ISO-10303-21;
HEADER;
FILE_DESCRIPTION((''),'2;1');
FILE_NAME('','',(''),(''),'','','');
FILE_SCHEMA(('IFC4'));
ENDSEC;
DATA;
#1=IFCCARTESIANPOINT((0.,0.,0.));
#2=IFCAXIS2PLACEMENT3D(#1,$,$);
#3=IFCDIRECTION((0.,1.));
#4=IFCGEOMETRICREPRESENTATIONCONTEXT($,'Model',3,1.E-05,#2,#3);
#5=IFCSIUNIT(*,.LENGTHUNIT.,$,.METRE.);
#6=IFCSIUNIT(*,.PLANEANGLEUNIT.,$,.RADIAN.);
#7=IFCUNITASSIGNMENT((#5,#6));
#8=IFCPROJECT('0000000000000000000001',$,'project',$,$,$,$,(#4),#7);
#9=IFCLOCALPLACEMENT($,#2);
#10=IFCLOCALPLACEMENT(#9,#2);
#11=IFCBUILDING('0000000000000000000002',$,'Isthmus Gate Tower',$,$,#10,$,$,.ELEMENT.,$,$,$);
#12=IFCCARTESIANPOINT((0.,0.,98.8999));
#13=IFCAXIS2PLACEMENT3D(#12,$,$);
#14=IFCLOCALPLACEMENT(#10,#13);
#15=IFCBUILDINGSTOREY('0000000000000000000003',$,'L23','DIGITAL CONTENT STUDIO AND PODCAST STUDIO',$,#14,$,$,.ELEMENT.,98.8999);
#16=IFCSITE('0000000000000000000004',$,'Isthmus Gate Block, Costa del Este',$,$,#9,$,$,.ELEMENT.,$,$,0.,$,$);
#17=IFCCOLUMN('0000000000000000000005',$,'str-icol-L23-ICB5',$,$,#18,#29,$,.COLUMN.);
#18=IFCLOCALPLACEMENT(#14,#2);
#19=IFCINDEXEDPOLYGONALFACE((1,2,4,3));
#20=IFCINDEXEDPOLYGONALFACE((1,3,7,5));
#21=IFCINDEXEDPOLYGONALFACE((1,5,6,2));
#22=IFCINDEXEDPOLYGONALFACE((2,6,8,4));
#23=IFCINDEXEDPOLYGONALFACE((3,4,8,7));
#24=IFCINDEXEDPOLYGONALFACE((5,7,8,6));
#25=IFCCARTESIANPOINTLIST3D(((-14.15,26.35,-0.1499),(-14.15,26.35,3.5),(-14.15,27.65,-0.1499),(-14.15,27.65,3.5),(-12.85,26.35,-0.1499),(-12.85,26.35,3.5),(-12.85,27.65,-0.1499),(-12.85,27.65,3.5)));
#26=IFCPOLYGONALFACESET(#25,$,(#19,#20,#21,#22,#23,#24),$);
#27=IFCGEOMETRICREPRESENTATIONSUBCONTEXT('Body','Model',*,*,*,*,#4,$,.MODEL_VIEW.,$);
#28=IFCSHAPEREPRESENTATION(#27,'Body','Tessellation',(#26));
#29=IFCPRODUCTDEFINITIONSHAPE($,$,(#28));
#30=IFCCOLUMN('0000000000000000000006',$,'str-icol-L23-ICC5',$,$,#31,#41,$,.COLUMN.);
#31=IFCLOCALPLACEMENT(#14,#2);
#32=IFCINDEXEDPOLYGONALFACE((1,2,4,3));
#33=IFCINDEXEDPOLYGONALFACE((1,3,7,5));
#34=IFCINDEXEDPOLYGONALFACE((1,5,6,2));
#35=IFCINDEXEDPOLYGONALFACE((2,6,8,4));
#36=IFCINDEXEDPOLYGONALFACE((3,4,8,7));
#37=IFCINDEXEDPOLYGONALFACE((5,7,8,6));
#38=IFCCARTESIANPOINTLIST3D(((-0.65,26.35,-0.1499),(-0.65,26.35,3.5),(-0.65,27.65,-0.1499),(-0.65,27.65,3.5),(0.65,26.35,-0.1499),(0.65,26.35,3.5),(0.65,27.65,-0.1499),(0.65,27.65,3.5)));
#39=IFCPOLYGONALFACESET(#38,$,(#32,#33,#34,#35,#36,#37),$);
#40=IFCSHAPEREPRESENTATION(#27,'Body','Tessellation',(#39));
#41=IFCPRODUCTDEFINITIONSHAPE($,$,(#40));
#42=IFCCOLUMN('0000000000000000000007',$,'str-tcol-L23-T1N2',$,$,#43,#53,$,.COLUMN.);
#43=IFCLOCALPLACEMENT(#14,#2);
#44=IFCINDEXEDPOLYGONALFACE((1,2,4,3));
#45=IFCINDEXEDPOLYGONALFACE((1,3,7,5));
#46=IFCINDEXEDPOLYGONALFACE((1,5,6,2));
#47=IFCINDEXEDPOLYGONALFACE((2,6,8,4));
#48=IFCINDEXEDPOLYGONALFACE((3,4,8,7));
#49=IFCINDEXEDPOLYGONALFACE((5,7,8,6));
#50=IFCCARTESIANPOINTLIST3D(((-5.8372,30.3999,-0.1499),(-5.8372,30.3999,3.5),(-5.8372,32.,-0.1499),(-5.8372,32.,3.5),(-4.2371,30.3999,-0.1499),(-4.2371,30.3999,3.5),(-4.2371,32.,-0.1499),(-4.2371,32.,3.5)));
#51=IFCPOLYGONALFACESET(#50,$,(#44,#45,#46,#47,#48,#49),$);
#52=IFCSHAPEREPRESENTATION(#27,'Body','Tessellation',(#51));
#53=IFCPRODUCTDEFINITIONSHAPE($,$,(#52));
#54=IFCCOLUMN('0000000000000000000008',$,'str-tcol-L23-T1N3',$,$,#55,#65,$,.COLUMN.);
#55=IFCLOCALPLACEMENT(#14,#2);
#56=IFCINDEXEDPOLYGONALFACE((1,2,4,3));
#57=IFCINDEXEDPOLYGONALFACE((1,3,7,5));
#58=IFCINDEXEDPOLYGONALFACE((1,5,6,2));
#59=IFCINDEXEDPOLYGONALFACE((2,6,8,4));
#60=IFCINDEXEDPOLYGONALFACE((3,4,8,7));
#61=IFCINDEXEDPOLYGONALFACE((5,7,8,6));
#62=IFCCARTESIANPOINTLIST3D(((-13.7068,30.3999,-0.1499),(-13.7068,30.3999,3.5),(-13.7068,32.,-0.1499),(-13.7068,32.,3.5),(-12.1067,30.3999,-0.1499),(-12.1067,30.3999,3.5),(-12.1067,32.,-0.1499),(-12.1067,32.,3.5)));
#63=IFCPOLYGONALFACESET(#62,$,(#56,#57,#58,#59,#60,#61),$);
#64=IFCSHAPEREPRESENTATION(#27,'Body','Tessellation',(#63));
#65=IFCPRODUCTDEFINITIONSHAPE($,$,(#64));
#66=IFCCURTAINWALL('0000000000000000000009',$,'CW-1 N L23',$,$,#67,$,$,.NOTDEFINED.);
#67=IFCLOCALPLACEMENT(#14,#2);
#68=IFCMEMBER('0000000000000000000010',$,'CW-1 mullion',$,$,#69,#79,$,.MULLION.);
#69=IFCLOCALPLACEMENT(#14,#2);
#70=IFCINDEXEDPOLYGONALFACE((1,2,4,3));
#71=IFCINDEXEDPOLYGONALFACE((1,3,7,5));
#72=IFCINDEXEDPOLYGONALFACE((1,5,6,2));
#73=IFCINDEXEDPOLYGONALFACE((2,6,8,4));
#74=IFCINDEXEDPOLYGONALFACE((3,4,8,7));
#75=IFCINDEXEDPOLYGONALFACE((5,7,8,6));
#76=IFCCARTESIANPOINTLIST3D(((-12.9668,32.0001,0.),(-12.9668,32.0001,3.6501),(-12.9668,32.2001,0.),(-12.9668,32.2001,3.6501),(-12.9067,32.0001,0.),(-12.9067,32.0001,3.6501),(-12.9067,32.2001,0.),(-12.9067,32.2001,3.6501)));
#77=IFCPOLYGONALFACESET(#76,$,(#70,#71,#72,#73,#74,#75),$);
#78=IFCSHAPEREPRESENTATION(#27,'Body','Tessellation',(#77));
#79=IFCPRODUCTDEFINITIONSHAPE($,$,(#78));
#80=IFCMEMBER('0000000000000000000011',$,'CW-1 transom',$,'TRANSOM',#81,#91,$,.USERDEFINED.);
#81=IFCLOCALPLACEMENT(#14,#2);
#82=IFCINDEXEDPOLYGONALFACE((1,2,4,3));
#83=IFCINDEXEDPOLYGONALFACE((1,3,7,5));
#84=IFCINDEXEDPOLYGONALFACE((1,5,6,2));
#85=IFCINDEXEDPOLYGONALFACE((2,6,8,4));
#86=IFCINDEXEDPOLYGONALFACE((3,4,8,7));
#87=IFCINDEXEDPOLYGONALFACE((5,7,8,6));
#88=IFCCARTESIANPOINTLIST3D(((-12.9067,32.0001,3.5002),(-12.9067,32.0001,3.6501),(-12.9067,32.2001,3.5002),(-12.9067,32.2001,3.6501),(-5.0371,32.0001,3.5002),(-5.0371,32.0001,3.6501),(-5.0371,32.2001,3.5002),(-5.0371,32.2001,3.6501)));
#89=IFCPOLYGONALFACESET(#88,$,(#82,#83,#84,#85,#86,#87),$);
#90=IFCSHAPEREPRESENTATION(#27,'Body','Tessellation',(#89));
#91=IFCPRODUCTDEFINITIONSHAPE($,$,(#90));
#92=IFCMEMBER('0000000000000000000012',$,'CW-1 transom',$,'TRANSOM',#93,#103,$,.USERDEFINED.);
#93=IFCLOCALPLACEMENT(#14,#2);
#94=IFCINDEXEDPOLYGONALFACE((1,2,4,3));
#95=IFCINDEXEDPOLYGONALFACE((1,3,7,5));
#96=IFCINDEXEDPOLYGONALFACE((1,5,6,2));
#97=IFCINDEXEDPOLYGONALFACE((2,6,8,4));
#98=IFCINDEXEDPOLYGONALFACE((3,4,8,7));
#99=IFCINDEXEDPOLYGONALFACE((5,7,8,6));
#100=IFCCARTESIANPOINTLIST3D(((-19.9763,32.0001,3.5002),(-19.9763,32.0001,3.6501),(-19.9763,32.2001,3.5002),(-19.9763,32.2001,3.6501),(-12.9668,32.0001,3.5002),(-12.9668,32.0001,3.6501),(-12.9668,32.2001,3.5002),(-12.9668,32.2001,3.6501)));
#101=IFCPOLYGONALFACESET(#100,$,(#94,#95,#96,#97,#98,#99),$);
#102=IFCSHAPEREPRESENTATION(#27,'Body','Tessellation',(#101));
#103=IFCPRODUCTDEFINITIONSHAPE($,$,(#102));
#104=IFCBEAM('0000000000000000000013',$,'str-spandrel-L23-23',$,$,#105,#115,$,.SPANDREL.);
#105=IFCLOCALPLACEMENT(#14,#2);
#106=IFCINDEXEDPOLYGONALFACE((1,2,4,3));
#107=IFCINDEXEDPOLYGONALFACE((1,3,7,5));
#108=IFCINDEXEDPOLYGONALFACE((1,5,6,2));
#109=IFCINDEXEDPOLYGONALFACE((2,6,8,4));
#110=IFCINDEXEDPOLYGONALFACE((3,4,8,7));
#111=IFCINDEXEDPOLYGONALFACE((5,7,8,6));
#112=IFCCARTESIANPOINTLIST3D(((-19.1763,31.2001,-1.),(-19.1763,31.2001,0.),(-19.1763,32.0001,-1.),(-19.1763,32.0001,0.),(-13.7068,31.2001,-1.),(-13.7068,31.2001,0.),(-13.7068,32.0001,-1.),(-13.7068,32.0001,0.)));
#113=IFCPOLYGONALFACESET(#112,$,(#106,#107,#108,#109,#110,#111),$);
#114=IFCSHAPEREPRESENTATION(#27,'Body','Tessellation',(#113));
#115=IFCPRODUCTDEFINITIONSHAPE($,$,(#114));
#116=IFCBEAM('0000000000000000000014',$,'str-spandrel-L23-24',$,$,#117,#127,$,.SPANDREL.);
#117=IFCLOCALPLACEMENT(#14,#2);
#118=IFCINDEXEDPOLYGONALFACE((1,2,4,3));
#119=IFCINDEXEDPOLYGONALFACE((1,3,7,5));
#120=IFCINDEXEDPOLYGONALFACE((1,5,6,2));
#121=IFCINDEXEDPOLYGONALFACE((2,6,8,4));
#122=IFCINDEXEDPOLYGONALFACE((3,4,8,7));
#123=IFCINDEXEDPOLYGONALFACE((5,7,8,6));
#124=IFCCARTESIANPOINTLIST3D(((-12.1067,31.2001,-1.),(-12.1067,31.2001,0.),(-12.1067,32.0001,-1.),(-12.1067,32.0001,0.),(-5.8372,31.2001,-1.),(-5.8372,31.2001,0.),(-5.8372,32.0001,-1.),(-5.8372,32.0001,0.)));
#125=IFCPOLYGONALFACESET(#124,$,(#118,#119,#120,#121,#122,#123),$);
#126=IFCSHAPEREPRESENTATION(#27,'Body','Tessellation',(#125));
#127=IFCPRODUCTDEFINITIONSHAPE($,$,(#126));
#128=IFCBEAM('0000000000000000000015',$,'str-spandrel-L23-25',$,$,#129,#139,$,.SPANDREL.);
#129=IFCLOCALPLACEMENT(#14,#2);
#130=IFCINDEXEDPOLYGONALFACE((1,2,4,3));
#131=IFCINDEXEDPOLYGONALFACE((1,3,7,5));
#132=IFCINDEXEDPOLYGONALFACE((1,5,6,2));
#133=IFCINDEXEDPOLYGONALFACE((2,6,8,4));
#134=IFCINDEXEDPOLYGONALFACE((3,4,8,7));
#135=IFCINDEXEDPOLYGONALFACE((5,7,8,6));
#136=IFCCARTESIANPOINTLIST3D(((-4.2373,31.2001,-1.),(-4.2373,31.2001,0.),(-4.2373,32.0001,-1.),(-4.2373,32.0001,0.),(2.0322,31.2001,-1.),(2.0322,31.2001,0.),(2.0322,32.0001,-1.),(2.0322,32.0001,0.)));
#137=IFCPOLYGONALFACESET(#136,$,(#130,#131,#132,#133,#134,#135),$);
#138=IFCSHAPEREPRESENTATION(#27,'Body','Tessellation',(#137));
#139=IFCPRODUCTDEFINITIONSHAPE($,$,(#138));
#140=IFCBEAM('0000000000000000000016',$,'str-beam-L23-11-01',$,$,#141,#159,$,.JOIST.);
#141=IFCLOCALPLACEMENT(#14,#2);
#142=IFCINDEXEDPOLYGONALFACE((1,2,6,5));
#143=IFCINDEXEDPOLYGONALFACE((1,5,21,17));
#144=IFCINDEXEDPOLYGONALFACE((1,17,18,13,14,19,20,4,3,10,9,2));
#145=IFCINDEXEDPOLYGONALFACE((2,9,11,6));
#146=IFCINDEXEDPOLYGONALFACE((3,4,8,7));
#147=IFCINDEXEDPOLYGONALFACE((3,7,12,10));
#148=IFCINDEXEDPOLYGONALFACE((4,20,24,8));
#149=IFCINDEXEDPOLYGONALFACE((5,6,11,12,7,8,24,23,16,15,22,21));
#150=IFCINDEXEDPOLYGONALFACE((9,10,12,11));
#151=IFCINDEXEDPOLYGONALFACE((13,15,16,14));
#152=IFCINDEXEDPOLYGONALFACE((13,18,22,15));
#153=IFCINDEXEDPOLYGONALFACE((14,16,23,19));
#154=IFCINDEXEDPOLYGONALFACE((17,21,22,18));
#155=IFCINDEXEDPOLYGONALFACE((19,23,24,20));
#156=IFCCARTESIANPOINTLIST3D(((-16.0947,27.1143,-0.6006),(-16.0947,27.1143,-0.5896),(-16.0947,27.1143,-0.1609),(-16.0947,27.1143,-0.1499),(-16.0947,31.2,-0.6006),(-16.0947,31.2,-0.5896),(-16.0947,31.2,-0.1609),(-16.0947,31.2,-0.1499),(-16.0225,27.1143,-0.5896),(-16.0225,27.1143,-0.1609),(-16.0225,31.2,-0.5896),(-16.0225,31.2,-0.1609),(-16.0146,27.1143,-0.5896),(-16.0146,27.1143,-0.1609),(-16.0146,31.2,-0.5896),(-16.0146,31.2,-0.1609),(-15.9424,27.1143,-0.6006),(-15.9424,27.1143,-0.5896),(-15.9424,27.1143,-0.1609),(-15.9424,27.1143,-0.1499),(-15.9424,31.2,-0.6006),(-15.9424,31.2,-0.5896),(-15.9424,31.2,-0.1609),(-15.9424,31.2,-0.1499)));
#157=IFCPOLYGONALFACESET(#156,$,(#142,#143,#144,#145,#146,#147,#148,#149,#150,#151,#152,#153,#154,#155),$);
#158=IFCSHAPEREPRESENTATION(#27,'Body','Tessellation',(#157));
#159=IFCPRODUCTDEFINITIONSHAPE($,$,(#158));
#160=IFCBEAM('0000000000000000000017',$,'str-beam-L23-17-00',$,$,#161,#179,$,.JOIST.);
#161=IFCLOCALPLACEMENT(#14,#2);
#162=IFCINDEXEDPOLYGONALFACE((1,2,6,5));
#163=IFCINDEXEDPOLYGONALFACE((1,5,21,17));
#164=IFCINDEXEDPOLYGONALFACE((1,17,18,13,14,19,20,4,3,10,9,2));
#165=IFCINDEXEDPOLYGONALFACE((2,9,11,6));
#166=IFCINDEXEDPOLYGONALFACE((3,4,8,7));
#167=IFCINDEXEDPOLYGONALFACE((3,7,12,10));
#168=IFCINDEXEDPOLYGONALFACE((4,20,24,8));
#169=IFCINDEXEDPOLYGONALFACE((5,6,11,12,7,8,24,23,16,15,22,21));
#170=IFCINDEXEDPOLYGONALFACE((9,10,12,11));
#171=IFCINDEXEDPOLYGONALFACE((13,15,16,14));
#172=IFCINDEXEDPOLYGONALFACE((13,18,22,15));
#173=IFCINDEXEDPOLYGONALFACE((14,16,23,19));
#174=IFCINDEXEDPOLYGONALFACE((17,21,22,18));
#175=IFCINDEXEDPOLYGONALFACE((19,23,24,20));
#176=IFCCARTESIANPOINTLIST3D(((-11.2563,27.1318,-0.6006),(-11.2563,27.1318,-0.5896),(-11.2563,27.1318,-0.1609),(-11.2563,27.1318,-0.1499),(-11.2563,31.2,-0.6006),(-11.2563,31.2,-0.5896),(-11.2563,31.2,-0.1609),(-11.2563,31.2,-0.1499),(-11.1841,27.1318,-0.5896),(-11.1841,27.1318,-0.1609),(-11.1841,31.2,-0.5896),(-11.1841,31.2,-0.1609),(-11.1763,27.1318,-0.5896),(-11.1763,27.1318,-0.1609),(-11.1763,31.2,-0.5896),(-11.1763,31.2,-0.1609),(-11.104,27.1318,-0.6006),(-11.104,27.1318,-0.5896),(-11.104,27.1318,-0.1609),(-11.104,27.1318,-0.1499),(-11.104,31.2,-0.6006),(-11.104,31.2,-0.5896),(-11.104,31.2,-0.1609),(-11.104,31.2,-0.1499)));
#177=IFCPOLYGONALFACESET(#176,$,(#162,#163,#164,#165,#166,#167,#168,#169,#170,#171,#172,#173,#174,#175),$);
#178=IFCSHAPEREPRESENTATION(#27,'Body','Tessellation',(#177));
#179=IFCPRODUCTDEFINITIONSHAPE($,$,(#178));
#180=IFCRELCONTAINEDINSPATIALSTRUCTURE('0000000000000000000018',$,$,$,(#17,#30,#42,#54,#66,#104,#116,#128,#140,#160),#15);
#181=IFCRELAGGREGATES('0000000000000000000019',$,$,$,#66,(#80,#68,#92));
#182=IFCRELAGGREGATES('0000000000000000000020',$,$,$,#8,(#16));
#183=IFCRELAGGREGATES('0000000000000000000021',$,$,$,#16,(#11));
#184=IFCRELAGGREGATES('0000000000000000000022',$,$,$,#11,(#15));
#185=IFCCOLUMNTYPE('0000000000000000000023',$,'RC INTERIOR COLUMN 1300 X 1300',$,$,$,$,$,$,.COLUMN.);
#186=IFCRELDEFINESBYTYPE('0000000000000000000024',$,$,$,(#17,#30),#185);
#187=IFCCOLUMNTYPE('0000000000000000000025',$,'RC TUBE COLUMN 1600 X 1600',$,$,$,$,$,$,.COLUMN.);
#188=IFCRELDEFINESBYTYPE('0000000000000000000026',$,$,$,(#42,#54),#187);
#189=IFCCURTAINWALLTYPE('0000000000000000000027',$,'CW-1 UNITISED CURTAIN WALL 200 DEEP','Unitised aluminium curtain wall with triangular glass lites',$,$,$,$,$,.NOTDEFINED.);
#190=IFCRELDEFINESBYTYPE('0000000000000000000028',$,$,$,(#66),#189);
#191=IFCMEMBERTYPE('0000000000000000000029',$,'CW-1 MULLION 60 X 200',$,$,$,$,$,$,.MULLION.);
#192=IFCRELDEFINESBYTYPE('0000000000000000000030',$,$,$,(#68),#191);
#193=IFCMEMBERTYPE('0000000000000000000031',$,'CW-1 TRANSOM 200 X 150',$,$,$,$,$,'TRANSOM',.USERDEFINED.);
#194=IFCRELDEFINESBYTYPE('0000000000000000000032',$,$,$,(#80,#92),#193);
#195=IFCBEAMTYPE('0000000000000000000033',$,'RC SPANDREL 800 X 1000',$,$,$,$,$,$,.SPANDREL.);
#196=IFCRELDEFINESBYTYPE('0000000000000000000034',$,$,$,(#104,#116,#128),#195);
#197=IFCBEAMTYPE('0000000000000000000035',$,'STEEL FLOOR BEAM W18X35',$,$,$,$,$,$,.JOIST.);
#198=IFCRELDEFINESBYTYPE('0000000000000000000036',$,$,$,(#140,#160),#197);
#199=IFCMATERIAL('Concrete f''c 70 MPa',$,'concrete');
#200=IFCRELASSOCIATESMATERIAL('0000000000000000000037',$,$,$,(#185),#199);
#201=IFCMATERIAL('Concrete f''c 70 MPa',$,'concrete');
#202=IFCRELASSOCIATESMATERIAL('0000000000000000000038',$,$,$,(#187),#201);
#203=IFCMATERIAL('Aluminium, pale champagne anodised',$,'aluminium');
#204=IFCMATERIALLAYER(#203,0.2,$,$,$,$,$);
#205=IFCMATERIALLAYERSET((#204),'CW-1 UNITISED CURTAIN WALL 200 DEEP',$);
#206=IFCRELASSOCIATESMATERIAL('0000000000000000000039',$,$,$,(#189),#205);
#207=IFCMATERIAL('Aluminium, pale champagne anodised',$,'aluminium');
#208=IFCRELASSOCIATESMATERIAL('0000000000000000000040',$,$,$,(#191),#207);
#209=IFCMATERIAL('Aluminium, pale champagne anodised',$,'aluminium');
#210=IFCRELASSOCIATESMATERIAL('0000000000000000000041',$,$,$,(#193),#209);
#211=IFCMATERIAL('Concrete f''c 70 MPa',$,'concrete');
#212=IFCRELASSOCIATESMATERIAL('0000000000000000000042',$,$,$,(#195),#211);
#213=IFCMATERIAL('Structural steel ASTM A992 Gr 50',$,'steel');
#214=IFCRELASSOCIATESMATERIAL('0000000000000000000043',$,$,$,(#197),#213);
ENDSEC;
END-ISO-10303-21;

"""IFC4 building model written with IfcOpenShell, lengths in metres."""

from ifc_helpers import new_model, si_unit, direction, frame, origin, origin_2d, place, context, subcontext, project, spatial, rectangle, i_section, extrude, material, layer, layer_set, material_profile, profile_set, type_object, element, aggregate, save


model = new_model("IFC4")

# Units and contexts
model_context = context("Model", 3, precision=1e-05, world=origin(), true_north=direction((0.0, 1.0)))
body_context = subcontext(model_context, "Body", "Model", "MODEL_VIEW")
ifc_project = project(units=[si_unit("LENGTHUNIT", "METRE"), si_unit("PLANEANGLEUNIT", "RADIAN")], contexts=[model_context])

# Site, building, storey
site_placement = place(None, origin())
site = spatial("IfcSite", under=ifc_project, at=site_placement, Name="Isthmus Gate Block, Costa del Este", CompositionType="ELEMENT", RefElevation=0.0)
building_placement = place(site_placement, origin())
building = spatial("IfcBuilding", under=site, at=building_placement, Name="Isthmus Gate Tower", CompositionType="ELEMENT")
storey_placement = place(building_placement, frame((0.0, 0.0, 98.8999)))
storey = spatial("IfcBuildingStorey", under=building, at=storey_placement, Name="L23", Description="DIGITAL CONTENT STUDIO AND PODCAST STUDIO", CompositionType="ELEMENT", Elevation=98.8999)

# Columns
ifc_material_1 = material(Name="Concrete f'c 70 MPa", Category="concrete")
ifc_material_profile_1 = material_profile(ifc_material_1, rectangle(XDim=1.3, YDim=1.3, at=origin_2d()), Name="RC 1300X1300")
ifc_profile_set_1 = profile_set([ifc_material_profile_1], Name="Concrete f'c 70 MPa")
column_type_1 = type_object("IfcColumnType", Name="RC INTERIOR COLUMN 1300 X 1300", PredefinedType="COLUMN", material=ifc_profile_set_1)
for number, where, z_axis, x_axis, name in (
    (1, (-13.5, 27.0, -0.1499), (0.0, 0.0, 1.0), (1.0, 0.0, 0.0), "str-icol-L23-ICB5"),
    (2, (0.0, 27.0, -0.1499), (0.0, 0.0, 1.0), (1.0, 0.0, 0.0), "str-icol-L23-ICC5"),
):
    element("IfcColumn", number, at=place(storey_placement, frame(where, z_axis=z_axis, x_axis=x_axis)), inside=storey, type_object=column_type_1, Name=name, PredefinedType="COLUMN", context=body_context, shape_type="SweptSolid", body=[
        extrude(rectangle(XDim=1.3, YDim=1.3, at=origin_2d()), origin(), (0.0, 0.0, 1.0), 3.6499),
    ])
ifc_material_2 = material(Name="Concrete f'c 70 MPa", Category="concrete")
ifc_material_profile_2 = material_profile(ifc_material_2, rectangle(XDim=1.6001, YDim=1.6001, at=origin_2d()), Name="RC 1600X1600")
ifc_profile_set_2 = profile_set([ifc_material_profile_2], Name="Concrete f'c 70 MPa")
column_type_2 = type_object("IfcColumnType", Name="RC TUBE COLUMN 1600 X 1600", PredefinedType="COLUMN", material=ifc_profile_set_2)
for number, where, z_axis, x_axis, name in (
    (3, (-5.0371, 31.2, -0.1499), (0.0, 0.0, 1.0), (-1.0, 0.0, 0.0), "str-tcol-L23-T1N2"),
    (4, (-12.9067, 31.2, -0.1499), (0.0, 0.0, 1.0), (-1.0, 0.0, 0.0), "str-tcol-L23-T1N3"),
):
    element("IfcColumn", number, at=place(storey_placement, frame(where, z_axis=z_axis, x_axis=x_axis)), inside=storey, type_object=column_type_2, Name=name, PredefinedType="COLUMN", context=body_context, shape_type="SweptSolid", body=[
        extrude(rectangle(XDim=1.6001, YDim=1.6001, at=origin_2d()), origin(), (0.0, 0.0, 1.0), 3.6499),
    ])

# Curtain wall, members
ifc_material_3 = material(Name="Aluminium, pale champagne anodised", Category="aluminium")
ifc_layer_1 = layer(ifc_material_3, 0.2)
ifc_layer_set_1 = layer_set([ifc_layer_1], Name="CW-1 UNITISED CURTAIN WALL 200 DEEP")
curtain_wall_type = type_object("IfcCurtainWallType", Name="CW-1 UNITISED CURTAIN WALL 200 DEEP", Description="Unitised aluminium curtain wall with triangular glass lites", PredefinedType="NOTDEFINED", material=ifc_layer_set_1)
curtain_wall_placement = place(storey_placement, origin())
curtain_wall = element("IfcCurtainWall", 5, at=curtain_wall_placement, inside=storey, type_object=curtain_wall_type, Name="CW-1 N L23", PredefinedType="NOTDEFINED")
ifc_material_4 = material(Name="Aluminium, pale champagne anodised", Category="aluminium")
ifc_material_profile_3 = material_profile(ifc_material_4, rectangle(XDim=0.0601, YDim=0.2, at=origin_2d()), Name="60x200")
ifc_profile_set_3 = profile_set([ifc_material_profile_3], Name="Aluminium, pale champagne anodised")
member_type_1 = type_object("IfcMemberType", Name="CW-1 MULLION 60 X 200", PredefinedType="MULLION", material=ifc_profile_set_3)
member_1_placement = place(storey_placement, frame((-12.9368, 32.1001, 0.0), z_axis=(0.0, 0.0, 1.0), x_axis=(-1.0, 0.0, 0.0)))
member_1 = element("IfcMember", 6, at=member_1_placement, type_object=member_type_1, Name="CW-1 mullion", PredefinedType="MULLION", context=body_context, shape_type="SweptSolid", body=[
    extrude(rectangle(XDim=0.0601, YDim=0.2, at=origin_2d()), origin(), (0.0, 0.0, 1.0), 3.6501),
])
ifc_material_5 = material(Name="Aluminium, pale champagne anodised", Category="aluminium")
ifc_material_profile_4 = material_profile(ifc_material_5, rectangle(XDim=0.2, YDim=0.1499, at=origin_2d()), Name="200x150")
ifc_profile_set_4 = profile_set([ifc_material_profile_4], Name="Aluminium, pale champagne anodised")
member_type_2 = type_object("IfcMemberType", Name="CW-1 TRANSOM 200 X 150", ElementType="TRANSOM", PredefinedType="USERDEFINED", material=ifc_profile_set_4)
member_2_placement = place(storey_placement, frame((-5.0371, 32.1001, 3.5752), z_axis=(-1.0, 0.0, 0.0), x_axis=(0.0, -1.0, 0.0)))
member_2 = element("IfcMember", 7, at=member_2_placement, type_object=member_type_2, Name="CW-1 transom", ObjectType="TRANSOM", PredefinedType="USERDEFINED", context=body_context, shape_type="SweptSolid", body=[
    extrude(rectangle(XDim=0.2, YDim=0.1499, at=origin_2d()), origin(), (0.0, 0.0, 1.0), 7.8696),
])
member_3_placement = place(storey_placement, frame((-12.9668, 32.1001, 3.5752), z_axis=(-1.0, 0.0, 0.0), x_axis=(0.0, -1.0, 0.0)))
member_3 = element("IfcMember", 8, at=member_3_placement, type_object=member_type_2, Name="CW-1 transom", ObjectType="TRANSOM", PredefinedType="USERDEFINED", context=body_context, shape_type="SweptSolid", body=[
    extrude(rectangle(XDim=0.2, YDim=0.1499, at=origin_2d()), origin(), (0.0, 0.0, 1.0), 7.0095),
])

# Beams
ifc_material_6 = material(Name="Concrete f'c 70 MPa", Category="concrete")
ifc_material_profile_5 = material_profile(ifc_material_6, rectangle(XDim=0.8, YDim=1.0, at=origin_2d()), Name="RC 800X1000")
ifc_profile_set_5 = profile_set([ifc_material_profile_5], Name="Concrete f'c 70 MPa")
beam_type_1 = type_object("IfcBeamType", Name="RC SPANDREL 800 X 1000", PredefinedType="SPANDREL", material=ifc_profile_set_5)
beam_1_placement = place(storey_placement, frame((-19.1763, 31.6001, -0.5), z_axis=(1.0, 0.0, 0.0), x_axis=(0.0, 1.0, 0.0)))
element("IfcBeam", 9, at=beam_1_placement, inside=storey, type_object=beam_type_1, Name="str-spandrel-L23-23", PredefinedType="SPANDREL", context=body_context, shape_type="SweptSolid", body=[
    extrude(rectangle(XDim=0.8, YDim=1.0, at=origin_2d()), origin(), (0.0, 0.0, 1.0), 5.4695),
])
for number, where, z_axis, x_axis, name in (
    (10, (-12.1067, 31.6001, -0.5), (1.0, 0.0, 0.0), (0.0, 1.0, 0.0), "str-spandrel-L23-24"),
    (11, (-4.2373, 31.6001, -0.5), (1.0, 0.0, 0.0), (0.0, 1.0, 0.0), "str-spandrel-L23-25"),
):
    element("IfcBeam", number, at=place(storey_placement, frame(where, z_axis=z_axis, x_axis=x_axis)), inside=storey, type_object=beam_type_1, Name=name, PredefinedType="SPANDREL", context=body_context, shape_type="SweptSolid", body=[
        extrude(rectangle(XDim=0.8, YDim=1.0, at=origin_2d()), origin(), (0.0, 0.0, 1.0), 6.2695),
    ])
ifc_material_7 = material(Name="Structural steel ASTM A992 Gr 50", Category="steel")
ifc_material_profile_6 = material_profile(ifc_material_7, i_section(OverallWidth=0.1523, OverallDepth=0.4507, WebThickness=0.0078, FlangeThickness=0.011, at=origin_2d()), Name="W18X35")
ifc_profile_set_6 = profile_set([ifc_material_profile_6], Name="Structural steel ASTM A992 Gr 50")
beam_type_2 = type_object("IfcBeamType", Name="STEEL FLOOR BEAM W18X35", PredefinedType="JOIST", material=ifc_profile_set_6)
beam_2_placement = place(storey_placement, frame((-16.0186, 27.1143, -0.3752), z_axis=(0.0, 1.0, 0.0), x_axis=(-1.0, 0.0, 0.0)))
element("IfcBeam", 12, at=beam_2_placement, inside=storey, type_object=beam_type_2, Name="str-beam-L23-11-01", PredefinedType="JOIST", context=body_context, shape_type="SweptSolid", body=[
    extrude(i_section(OverallWidth=0.1523, OverallDepth=0.4507, WebThickness=0.0078, FlangeThickness=0.011, at=origin_2d()), origin(), (0.0, 0.0, 1.0), 4.0857),
])
for number, where, z_axis, x_axis, name in (
    (13, (-11.1802, 27.1318, -0.3752), (0.0, 1.0, 0.0), (-1.0, 0.0, 0.0), "str-beam-L23-17-00"),
):
    element("IfcBeam", number, at=place(storey_placement, frame(where, z_axis=z_axis, x_axis=x_axis)), inside=storey, type_object=beam_type_2, Name=name, PredefinedType="JOIST", context=body_context, shape_type="SweptSolid", body=[
        extrude(i_section(OverallWidth=0.1523, OverallDepth=0.4507, WebThickness=0.0078, FlangeThickness=0.011, at=origin_2d()), origin(), (0.0, 0.0, 1.0), 4.0681),
    ])

aggregate(curtain_wall, [member_2, member_1, member_3])

save(model, "model.ifc")
